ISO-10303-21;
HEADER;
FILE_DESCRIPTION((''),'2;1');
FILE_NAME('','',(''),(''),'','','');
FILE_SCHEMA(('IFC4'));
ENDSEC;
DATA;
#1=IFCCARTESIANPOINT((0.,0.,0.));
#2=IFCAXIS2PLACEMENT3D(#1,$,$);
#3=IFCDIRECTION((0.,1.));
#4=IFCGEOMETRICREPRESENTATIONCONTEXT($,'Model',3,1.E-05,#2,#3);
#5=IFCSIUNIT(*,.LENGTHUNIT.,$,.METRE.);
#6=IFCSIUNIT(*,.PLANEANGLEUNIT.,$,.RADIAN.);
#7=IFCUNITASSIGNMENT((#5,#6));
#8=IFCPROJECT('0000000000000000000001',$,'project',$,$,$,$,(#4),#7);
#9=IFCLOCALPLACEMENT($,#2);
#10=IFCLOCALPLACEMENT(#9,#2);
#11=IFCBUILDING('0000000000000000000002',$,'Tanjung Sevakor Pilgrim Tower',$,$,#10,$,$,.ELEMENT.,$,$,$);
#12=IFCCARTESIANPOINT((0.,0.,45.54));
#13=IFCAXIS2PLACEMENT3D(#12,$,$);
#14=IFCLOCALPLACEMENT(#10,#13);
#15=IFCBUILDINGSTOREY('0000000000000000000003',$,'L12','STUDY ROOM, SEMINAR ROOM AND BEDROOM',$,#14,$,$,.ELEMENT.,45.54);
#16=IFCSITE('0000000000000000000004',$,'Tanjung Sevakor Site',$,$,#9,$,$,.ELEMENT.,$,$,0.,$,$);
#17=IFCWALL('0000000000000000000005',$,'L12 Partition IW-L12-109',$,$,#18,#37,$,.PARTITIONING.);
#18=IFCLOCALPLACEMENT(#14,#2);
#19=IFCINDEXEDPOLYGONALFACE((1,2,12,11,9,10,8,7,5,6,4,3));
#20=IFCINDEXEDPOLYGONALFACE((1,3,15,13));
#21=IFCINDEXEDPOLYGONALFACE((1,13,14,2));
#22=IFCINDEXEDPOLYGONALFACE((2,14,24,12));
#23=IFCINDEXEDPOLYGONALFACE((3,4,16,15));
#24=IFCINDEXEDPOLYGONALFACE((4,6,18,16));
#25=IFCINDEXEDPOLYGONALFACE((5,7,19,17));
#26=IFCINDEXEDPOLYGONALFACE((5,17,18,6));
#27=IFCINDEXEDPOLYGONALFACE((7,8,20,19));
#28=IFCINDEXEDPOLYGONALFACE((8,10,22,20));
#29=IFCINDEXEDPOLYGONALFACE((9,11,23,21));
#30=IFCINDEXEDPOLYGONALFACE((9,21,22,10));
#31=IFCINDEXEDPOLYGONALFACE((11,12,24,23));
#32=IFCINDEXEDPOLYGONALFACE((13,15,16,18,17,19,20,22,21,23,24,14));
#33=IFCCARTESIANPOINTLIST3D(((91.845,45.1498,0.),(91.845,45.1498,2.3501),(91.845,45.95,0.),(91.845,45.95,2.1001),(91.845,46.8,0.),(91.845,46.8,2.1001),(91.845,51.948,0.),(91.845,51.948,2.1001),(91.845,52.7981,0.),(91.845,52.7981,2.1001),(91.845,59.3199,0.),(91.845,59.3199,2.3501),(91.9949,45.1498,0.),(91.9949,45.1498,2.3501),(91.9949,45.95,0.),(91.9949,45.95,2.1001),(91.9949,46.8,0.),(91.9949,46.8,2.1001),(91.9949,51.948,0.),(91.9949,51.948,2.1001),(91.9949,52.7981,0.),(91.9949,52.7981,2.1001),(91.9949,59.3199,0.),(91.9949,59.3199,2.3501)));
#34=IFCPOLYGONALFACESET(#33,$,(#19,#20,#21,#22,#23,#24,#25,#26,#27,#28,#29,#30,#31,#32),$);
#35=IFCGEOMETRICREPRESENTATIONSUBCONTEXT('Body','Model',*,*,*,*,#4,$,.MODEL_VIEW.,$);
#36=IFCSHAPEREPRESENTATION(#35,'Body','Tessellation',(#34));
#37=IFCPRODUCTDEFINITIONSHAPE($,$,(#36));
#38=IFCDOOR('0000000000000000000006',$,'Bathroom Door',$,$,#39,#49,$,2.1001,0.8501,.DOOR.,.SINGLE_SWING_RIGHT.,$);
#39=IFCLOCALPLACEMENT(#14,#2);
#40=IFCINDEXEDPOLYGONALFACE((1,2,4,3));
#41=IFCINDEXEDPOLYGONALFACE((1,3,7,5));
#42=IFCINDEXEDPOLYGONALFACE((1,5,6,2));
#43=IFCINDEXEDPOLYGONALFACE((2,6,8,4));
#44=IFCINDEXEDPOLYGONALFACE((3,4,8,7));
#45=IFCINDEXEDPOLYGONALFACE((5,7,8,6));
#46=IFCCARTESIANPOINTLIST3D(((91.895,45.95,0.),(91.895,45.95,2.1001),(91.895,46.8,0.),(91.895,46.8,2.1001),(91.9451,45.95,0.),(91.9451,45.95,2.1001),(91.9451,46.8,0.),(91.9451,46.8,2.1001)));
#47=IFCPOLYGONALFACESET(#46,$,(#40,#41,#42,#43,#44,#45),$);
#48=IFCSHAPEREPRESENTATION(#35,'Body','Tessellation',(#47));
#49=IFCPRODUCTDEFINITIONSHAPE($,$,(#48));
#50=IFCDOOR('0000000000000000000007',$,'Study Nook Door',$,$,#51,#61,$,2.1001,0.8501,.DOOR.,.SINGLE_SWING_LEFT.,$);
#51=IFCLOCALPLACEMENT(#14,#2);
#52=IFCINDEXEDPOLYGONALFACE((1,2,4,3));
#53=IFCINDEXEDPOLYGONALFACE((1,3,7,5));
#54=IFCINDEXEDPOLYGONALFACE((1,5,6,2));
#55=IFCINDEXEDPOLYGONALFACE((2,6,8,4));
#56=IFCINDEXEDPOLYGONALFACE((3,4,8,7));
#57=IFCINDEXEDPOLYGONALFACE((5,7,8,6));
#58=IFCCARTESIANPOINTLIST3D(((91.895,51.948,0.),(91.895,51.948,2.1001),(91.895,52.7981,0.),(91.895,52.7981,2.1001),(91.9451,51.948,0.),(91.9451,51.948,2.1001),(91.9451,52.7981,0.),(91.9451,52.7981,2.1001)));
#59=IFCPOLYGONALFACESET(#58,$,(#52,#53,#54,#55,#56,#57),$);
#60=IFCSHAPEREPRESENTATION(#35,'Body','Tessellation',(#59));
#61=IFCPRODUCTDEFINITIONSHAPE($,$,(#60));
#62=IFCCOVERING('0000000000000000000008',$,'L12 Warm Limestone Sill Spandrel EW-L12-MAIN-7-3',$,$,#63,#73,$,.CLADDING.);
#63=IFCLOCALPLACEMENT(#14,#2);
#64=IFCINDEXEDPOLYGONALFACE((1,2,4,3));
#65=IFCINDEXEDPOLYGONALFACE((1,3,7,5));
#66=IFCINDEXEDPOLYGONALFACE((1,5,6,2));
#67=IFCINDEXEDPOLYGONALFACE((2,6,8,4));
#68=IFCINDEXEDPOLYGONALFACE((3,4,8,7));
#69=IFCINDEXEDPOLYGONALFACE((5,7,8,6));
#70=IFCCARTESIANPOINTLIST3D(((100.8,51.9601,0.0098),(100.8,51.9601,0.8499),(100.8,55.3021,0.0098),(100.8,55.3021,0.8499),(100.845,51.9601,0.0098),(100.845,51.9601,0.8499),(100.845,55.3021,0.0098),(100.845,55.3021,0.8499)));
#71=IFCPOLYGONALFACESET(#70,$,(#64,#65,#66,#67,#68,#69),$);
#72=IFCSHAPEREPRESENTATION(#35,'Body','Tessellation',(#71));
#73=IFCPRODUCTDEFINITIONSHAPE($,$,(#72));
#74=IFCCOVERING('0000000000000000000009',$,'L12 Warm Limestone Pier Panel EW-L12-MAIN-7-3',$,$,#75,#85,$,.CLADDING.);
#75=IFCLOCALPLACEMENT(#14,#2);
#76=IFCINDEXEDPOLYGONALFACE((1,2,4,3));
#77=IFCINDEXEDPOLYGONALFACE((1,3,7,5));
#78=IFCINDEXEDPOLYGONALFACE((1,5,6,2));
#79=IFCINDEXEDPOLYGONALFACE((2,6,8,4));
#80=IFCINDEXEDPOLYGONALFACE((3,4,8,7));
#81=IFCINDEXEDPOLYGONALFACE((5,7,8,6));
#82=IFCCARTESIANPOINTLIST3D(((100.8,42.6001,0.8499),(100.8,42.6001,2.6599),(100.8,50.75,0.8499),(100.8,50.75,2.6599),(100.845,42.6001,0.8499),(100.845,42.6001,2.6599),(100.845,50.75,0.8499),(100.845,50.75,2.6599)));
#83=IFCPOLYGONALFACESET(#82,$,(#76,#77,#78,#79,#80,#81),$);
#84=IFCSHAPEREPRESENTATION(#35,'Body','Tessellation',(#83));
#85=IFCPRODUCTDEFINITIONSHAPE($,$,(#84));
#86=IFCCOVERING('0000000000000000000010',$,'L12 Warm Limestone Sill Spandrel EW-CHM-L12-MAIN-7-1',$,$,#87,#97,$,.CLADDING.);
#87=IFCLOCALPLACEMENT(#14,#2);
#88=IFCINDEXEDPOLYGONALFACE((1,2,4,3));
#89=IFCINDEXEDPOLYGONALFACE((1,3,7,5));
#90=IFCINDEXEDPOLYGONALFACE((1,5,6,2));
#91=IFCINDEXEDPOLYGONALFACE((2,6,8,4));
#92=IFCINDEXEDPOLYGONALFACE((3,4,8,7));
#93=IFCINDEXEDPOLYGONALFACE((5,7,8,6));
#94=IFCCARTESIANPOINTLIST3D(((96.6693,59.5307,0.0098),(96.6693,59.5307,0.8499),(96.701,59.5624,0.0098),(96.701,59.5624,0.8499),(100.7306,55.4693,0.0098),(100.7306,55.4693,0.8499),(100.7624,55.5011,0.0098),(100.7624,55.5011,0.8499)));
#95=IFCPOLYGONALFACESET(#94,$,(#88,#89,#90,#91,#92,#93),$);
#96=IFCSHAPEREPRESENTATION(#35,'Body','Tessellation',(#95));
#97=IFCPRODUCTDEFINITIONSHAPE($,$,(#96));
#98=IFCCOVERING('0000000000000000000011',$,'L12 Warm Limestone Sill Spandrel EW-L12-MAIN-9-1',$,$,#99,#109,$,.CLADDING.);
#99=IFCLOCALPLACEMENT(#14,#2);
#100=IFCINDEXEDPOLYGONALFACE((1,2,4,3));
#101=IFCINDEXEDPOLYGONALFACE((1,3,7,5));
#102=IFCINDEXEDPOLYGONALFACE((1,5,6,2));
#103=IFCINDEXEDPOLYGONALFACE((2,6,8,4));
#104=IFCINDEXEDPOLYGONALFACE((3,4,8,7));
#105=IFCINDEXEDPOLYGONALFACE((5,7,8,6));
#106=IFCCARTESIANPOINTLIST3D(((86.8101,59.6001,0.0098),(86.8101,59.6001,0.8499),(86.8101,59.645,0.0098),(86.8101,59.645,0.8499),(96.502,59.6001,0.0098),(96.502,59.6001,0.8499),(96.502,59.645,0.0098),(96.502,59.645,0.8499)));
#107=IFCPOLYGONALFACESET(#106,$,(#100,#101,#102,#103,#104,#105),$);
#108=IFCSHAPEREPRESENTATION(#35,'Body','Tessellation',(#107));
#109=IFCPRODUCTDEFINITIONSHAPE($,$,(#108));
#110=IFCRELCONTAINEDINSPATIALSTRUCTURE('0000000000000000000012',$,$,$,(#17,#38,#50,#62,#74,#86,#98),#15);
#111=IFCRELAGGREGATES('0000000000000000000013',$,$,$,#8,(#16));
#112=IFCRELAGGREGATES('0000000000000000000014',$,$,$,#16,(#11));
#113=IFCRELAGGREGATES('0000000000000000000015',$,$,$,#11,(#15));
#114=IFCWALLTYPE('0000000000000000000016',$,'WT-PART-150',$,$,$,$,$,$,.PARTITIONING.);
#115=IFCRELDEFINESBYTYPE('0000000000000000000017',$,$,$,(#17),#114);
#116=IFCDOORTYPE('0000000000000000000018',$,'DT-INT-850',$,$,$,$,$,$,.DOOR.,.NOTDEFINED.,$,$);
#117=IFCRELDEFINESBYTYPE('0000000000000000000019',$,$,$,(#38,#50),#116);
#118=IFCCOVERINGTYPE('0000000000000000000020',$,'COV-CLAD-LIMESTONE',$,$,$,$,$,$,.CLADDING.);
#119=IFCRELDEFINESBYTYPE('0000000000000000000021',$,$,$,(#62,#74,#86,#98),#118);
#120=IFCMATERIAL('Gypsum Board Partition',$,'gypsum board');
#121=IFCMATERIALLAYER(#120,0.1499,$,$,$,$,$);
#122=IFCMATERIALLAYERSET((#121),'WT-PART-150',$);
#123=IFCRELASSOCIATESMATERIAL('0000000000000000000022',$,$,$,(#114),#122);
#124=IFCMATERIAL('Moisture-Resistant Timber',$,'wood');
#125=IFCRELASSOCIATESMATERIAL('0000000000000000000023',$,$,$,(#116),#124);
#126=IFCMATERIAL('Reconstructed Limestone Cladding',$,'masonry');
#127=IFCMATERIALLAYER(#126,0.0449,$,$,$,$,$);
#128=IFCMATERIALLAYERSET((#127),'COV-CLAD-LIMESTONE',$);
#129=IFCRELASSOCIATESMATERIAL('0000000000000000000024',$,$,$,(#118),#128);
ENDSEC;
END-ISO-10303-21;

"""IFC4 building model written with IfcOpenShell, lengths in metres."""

from ifc_helpers import new_model, si_unit, direction, frame, frame_2d, origin, origin_2d, place, context, subcontext, project, spatial, rectangle, extrude, material, layer, layer_set, type_object, element, fill, save


model = new_model("IFC4")

# Units and contexts
model_context = context("Model", 3, precision=1e-05, world=origin(), true_north=direction((0.0, 1.0)))
body_context = subcontext(model_context, "Body", "Model", "MODEL_VIEW")
ifc_project = project(units=[si_unit("LENGTHUNIT", "METRE"), si_unit("PLANEANGLEUNIT", "RADIAN")], contexts=[model_context])

# Site, building, storey
site_placement = place(None, origin())
site = spatial("IfcSite", under=ifc_project, at=site_placement, Name="Tanjung Sevakor Site", CompositionType="ELEMENT", RefElevation=0.0)
building_placement = place(site_placement, origin())
building = spatial("IfcBuilding", under=site, at=building_placement, Name="Tanjung Sevakor Pilgrim Tower", CompositionType="ELEMENT")
storey_placement = place(building_placement, frame((0.0, 0.0, 45.54)))
storey = spatial("IfcBuildingStorey", under=building, at=storey_placement, Name="L12", Description="STUDY ROOM, SEMINAR ROOM AND BEDROOM", CompositionType="ELEMENT", Elevation=45.54)

# Wall, openings, doors
ifc_material_1 = material(Name="Gypsum Board Partition", Category="gypsum board")
ifc_layer_1 = layer(ifc_material_1, 0.1499)
ifc_layer_set_1 = layer_set([ifc_layer_1], Name="WT-PART-150")
wall_type_1 = type_object("IfcWallType", Name="WT-PART-150", PredefinedType="PARTITIONING", material=ifc_layer_set_1)
wall_1_placement = place(storey_placement, frame((91.9199, 45.1499, 0.0), z_axis=(0.0, 0.0, 1.0), x_axis=(0.0, 1.0, 0.0)))
wall_1 = element("IfcWall", 1, at=wall_1_placement, inside=storey, type_object=wall_type_1, Name="L12 Partition IW-L12-109", PredefinedType="PARTITIONING", context=body_context, shape_type="SweptSolid", body=[
    extrude(rectangle(XDim=14.1702, YDim=0.1499, at=frame_2d((7.085, 0.0))), origin(), (0.0, 0.0, 1.0), 2.3501),
])
opening_1_placement = place(wall_1_placement, frame((0.8, 0.0, 0.0)))
opening_1 = element("IfcOpeningElement", 2, at=opening_1_placement, cuts=wall_1, PredefinedType="OPENING", context=body_context, shape_type="SweptSolid", body=[
    extrude(rectangle(XDim=0.8501, YDim=2.1001, at=frame_2d((0.425, 1.05))), frame((0.0, 0.085, 0.0), z_axis=(0.0, -1.0, 0.0), x_axis=(1.0, 0.0, 0.0)), (0.0, 0.0, 1.0), 0.1699),
])
opening_2_placement = place(wall_1_placement, frame((6.7981, 0.0, 0.0)))
opening_2 = element("IfcOpeningElement", 3, at=opening_2_placement, cuts=wall_1, PredefinedType="OPENING", context=body_context, shape_type="SweptSolid", body=[
    extrude(rectangle(XDim=0.8501, YDim=2.1001, at=frame_2d((0.425, 1.05))), frame((0.0, 0.085, 0.0), z_axis=(0.0, -1.0, 0.0), x_axis=(1.0, 0.0, 0.0)), (0.0, 0.0, 1.0), 0.1699),
])
ifc_material_2 = material(Name="Moisture-Resistant Timber", Category="wood")
door_type_1 = type_object("IfcDoorType", Name="DT-INT-850", OperationType="NOTDEFINED", PredefinedType="DOOR", material=ifc_material_2)
door_1_placement = place(opening_1_placement, origin())
door_1 = element("IfcDoor", 4, at=door_1_placement, inside=storey, type_object=door_type_1, Name="Bathroom Door", OperationType="SINGLE_SWING_RIGHT", OverallHeight=2.1001, OverallWidth=0.8501, PredefinedType="DOOR", context=body_context, shape_type="SweptSolid", body=[
    extrude(rectangle(XDim=0.8501, YDim=2.1001, at=frame_2d((0.425, 1.05))), frame((0.0, 0.0249, 0.0), z_axis=(0.0, -1.0, 0.0), x_axis=(1.0, 0.0, 0.0)), (0.0, 0.0, 1.0), 0.05),
])
fill(opening_1, door_1)
door_2_placement = place(opening_2_placement, origin())
door_2 = element("IfcDoor", 5, at=door_2_placement, inside=storey, type_object=door_type_1, Name="Study Nook Door", OperationType="SINGLE_SWING_LEFT", OverallHeight=2.1001, OverallWidth=0.8501, PredefinedType="DOOR", context=body_context, shape_type="SweptSolid", body=[
    extrude(rectangle(XDim=0.8501, YDim=2.1001, at=frame_2d((0.425, 1.05))), frame((0.0, 0.0249, 0.0), z_axis=(0.0, -1.0, 0.0), x_axis=(1.0, 0.0, 0.0)), (0.0, 0.0, 1.0), 0.05),
])
fill(opening_2, door_2)

# Coverings
ifc_material_3 = material(Name="Reconstructed Limestone Cladding", Category="masonry")
ifc_layer_2 = layer(ifc_material_3, 0.0449)
ifc_layer_set_2 = layer_set([ifc_layer_2], Name="COV-CLAD-LIMESTONE")
covering_type = type_object("IfcCoveringType", Name="COV-CLAD-LIMESTONE", PredefinedType="CLADDING", material=ifc_layer_set_2)
covering_1_placement = place(storey_placement, frame((100.8225, 53.6311, 0.0098), z_axis=(0.0, 0.0, 1.0), x_axis=(0.0, 1.0, 0.0)))
element("IfcCovering", 6, at=covering_1_placement, inside=storey, type_object=covering_type, Name="L12 Warm Limestone Sill Spandrel EW-L12-MAIN-7-3", PredefinedType="CLADDING", context=body_context, shape_type="SweptSolid", body=[
    extrude(rectangle(XDim=3.342, YDim=0.0449, at=origin_2d()), origin(), (0.0, 0.0, 1.0), 0.8401),
])
covering_2_placement = place(storey_placement, frame((100.8225, 46.675, 0.8499), z_axis=(0.0, 0.0, 1.0), x_axis=(0.0, 1.0, 0.0)))
element("IfcCovering", 7, at=covering_2_placement, inside=storey, type_object=covering_type, Name="L12 Warm Limestone Pier Panel EW-L12-MAIN-7-3", PredefinedType="CLADDING", context=body_context, shape_type="SweptSolid", body=[
    extrude(rectangle(XDim=8.1499, YDim=0.0449, at=origin_2d()), origin(), (0.0, 0.0, 1.0), 1.8101),
])
covering_3_placement = place(storey_placement, frame((98.7158, 57.5159, 0.0098), z_axis=(0.0, 0.0, 1.0), x_axis=(-0.707107, 0.707107, 0.0)))
element("IfcCovering", 8, at=covering_3_placement, inside=storey, type_object=covering_type, Name="L12 Warm Limestone Sill Spandrel EW-CHM-L12-MAIN-7-1", PredefinedType="CLADDING", context=body_context, shape_type="SweptSolid", body=[
    extrude(rectangle(XDim=5.7437, YDim=0.0449, at=origin_2d()), origin(), (0.0, 0.0, 1.0), 0.8401),
])
covering_4_placement = place(storey_placement, frame((91.656, 59.6226, 0.0098), z_axis=(0.0, 0.0, 1.0), x_axis=(-1.0, 0.0, 0.0)))
element("IfcCovering", 9, at=covering_4_placement, inside=storey, type_object=covering_type, Name="L12 Warm Limestone Sill Spandrel EW-L12-MAIN-9-1", PredefinedType="CLADDING", context=body_context, shape_type="SweptSolid", body=[
    extrude(rectangle(XDim=9.6919, YDim=0.0449, at=origin_2d()), origin(), (0.0, 0.0, 1.0), 0.8401),
])

save(model, "model.ifc")
